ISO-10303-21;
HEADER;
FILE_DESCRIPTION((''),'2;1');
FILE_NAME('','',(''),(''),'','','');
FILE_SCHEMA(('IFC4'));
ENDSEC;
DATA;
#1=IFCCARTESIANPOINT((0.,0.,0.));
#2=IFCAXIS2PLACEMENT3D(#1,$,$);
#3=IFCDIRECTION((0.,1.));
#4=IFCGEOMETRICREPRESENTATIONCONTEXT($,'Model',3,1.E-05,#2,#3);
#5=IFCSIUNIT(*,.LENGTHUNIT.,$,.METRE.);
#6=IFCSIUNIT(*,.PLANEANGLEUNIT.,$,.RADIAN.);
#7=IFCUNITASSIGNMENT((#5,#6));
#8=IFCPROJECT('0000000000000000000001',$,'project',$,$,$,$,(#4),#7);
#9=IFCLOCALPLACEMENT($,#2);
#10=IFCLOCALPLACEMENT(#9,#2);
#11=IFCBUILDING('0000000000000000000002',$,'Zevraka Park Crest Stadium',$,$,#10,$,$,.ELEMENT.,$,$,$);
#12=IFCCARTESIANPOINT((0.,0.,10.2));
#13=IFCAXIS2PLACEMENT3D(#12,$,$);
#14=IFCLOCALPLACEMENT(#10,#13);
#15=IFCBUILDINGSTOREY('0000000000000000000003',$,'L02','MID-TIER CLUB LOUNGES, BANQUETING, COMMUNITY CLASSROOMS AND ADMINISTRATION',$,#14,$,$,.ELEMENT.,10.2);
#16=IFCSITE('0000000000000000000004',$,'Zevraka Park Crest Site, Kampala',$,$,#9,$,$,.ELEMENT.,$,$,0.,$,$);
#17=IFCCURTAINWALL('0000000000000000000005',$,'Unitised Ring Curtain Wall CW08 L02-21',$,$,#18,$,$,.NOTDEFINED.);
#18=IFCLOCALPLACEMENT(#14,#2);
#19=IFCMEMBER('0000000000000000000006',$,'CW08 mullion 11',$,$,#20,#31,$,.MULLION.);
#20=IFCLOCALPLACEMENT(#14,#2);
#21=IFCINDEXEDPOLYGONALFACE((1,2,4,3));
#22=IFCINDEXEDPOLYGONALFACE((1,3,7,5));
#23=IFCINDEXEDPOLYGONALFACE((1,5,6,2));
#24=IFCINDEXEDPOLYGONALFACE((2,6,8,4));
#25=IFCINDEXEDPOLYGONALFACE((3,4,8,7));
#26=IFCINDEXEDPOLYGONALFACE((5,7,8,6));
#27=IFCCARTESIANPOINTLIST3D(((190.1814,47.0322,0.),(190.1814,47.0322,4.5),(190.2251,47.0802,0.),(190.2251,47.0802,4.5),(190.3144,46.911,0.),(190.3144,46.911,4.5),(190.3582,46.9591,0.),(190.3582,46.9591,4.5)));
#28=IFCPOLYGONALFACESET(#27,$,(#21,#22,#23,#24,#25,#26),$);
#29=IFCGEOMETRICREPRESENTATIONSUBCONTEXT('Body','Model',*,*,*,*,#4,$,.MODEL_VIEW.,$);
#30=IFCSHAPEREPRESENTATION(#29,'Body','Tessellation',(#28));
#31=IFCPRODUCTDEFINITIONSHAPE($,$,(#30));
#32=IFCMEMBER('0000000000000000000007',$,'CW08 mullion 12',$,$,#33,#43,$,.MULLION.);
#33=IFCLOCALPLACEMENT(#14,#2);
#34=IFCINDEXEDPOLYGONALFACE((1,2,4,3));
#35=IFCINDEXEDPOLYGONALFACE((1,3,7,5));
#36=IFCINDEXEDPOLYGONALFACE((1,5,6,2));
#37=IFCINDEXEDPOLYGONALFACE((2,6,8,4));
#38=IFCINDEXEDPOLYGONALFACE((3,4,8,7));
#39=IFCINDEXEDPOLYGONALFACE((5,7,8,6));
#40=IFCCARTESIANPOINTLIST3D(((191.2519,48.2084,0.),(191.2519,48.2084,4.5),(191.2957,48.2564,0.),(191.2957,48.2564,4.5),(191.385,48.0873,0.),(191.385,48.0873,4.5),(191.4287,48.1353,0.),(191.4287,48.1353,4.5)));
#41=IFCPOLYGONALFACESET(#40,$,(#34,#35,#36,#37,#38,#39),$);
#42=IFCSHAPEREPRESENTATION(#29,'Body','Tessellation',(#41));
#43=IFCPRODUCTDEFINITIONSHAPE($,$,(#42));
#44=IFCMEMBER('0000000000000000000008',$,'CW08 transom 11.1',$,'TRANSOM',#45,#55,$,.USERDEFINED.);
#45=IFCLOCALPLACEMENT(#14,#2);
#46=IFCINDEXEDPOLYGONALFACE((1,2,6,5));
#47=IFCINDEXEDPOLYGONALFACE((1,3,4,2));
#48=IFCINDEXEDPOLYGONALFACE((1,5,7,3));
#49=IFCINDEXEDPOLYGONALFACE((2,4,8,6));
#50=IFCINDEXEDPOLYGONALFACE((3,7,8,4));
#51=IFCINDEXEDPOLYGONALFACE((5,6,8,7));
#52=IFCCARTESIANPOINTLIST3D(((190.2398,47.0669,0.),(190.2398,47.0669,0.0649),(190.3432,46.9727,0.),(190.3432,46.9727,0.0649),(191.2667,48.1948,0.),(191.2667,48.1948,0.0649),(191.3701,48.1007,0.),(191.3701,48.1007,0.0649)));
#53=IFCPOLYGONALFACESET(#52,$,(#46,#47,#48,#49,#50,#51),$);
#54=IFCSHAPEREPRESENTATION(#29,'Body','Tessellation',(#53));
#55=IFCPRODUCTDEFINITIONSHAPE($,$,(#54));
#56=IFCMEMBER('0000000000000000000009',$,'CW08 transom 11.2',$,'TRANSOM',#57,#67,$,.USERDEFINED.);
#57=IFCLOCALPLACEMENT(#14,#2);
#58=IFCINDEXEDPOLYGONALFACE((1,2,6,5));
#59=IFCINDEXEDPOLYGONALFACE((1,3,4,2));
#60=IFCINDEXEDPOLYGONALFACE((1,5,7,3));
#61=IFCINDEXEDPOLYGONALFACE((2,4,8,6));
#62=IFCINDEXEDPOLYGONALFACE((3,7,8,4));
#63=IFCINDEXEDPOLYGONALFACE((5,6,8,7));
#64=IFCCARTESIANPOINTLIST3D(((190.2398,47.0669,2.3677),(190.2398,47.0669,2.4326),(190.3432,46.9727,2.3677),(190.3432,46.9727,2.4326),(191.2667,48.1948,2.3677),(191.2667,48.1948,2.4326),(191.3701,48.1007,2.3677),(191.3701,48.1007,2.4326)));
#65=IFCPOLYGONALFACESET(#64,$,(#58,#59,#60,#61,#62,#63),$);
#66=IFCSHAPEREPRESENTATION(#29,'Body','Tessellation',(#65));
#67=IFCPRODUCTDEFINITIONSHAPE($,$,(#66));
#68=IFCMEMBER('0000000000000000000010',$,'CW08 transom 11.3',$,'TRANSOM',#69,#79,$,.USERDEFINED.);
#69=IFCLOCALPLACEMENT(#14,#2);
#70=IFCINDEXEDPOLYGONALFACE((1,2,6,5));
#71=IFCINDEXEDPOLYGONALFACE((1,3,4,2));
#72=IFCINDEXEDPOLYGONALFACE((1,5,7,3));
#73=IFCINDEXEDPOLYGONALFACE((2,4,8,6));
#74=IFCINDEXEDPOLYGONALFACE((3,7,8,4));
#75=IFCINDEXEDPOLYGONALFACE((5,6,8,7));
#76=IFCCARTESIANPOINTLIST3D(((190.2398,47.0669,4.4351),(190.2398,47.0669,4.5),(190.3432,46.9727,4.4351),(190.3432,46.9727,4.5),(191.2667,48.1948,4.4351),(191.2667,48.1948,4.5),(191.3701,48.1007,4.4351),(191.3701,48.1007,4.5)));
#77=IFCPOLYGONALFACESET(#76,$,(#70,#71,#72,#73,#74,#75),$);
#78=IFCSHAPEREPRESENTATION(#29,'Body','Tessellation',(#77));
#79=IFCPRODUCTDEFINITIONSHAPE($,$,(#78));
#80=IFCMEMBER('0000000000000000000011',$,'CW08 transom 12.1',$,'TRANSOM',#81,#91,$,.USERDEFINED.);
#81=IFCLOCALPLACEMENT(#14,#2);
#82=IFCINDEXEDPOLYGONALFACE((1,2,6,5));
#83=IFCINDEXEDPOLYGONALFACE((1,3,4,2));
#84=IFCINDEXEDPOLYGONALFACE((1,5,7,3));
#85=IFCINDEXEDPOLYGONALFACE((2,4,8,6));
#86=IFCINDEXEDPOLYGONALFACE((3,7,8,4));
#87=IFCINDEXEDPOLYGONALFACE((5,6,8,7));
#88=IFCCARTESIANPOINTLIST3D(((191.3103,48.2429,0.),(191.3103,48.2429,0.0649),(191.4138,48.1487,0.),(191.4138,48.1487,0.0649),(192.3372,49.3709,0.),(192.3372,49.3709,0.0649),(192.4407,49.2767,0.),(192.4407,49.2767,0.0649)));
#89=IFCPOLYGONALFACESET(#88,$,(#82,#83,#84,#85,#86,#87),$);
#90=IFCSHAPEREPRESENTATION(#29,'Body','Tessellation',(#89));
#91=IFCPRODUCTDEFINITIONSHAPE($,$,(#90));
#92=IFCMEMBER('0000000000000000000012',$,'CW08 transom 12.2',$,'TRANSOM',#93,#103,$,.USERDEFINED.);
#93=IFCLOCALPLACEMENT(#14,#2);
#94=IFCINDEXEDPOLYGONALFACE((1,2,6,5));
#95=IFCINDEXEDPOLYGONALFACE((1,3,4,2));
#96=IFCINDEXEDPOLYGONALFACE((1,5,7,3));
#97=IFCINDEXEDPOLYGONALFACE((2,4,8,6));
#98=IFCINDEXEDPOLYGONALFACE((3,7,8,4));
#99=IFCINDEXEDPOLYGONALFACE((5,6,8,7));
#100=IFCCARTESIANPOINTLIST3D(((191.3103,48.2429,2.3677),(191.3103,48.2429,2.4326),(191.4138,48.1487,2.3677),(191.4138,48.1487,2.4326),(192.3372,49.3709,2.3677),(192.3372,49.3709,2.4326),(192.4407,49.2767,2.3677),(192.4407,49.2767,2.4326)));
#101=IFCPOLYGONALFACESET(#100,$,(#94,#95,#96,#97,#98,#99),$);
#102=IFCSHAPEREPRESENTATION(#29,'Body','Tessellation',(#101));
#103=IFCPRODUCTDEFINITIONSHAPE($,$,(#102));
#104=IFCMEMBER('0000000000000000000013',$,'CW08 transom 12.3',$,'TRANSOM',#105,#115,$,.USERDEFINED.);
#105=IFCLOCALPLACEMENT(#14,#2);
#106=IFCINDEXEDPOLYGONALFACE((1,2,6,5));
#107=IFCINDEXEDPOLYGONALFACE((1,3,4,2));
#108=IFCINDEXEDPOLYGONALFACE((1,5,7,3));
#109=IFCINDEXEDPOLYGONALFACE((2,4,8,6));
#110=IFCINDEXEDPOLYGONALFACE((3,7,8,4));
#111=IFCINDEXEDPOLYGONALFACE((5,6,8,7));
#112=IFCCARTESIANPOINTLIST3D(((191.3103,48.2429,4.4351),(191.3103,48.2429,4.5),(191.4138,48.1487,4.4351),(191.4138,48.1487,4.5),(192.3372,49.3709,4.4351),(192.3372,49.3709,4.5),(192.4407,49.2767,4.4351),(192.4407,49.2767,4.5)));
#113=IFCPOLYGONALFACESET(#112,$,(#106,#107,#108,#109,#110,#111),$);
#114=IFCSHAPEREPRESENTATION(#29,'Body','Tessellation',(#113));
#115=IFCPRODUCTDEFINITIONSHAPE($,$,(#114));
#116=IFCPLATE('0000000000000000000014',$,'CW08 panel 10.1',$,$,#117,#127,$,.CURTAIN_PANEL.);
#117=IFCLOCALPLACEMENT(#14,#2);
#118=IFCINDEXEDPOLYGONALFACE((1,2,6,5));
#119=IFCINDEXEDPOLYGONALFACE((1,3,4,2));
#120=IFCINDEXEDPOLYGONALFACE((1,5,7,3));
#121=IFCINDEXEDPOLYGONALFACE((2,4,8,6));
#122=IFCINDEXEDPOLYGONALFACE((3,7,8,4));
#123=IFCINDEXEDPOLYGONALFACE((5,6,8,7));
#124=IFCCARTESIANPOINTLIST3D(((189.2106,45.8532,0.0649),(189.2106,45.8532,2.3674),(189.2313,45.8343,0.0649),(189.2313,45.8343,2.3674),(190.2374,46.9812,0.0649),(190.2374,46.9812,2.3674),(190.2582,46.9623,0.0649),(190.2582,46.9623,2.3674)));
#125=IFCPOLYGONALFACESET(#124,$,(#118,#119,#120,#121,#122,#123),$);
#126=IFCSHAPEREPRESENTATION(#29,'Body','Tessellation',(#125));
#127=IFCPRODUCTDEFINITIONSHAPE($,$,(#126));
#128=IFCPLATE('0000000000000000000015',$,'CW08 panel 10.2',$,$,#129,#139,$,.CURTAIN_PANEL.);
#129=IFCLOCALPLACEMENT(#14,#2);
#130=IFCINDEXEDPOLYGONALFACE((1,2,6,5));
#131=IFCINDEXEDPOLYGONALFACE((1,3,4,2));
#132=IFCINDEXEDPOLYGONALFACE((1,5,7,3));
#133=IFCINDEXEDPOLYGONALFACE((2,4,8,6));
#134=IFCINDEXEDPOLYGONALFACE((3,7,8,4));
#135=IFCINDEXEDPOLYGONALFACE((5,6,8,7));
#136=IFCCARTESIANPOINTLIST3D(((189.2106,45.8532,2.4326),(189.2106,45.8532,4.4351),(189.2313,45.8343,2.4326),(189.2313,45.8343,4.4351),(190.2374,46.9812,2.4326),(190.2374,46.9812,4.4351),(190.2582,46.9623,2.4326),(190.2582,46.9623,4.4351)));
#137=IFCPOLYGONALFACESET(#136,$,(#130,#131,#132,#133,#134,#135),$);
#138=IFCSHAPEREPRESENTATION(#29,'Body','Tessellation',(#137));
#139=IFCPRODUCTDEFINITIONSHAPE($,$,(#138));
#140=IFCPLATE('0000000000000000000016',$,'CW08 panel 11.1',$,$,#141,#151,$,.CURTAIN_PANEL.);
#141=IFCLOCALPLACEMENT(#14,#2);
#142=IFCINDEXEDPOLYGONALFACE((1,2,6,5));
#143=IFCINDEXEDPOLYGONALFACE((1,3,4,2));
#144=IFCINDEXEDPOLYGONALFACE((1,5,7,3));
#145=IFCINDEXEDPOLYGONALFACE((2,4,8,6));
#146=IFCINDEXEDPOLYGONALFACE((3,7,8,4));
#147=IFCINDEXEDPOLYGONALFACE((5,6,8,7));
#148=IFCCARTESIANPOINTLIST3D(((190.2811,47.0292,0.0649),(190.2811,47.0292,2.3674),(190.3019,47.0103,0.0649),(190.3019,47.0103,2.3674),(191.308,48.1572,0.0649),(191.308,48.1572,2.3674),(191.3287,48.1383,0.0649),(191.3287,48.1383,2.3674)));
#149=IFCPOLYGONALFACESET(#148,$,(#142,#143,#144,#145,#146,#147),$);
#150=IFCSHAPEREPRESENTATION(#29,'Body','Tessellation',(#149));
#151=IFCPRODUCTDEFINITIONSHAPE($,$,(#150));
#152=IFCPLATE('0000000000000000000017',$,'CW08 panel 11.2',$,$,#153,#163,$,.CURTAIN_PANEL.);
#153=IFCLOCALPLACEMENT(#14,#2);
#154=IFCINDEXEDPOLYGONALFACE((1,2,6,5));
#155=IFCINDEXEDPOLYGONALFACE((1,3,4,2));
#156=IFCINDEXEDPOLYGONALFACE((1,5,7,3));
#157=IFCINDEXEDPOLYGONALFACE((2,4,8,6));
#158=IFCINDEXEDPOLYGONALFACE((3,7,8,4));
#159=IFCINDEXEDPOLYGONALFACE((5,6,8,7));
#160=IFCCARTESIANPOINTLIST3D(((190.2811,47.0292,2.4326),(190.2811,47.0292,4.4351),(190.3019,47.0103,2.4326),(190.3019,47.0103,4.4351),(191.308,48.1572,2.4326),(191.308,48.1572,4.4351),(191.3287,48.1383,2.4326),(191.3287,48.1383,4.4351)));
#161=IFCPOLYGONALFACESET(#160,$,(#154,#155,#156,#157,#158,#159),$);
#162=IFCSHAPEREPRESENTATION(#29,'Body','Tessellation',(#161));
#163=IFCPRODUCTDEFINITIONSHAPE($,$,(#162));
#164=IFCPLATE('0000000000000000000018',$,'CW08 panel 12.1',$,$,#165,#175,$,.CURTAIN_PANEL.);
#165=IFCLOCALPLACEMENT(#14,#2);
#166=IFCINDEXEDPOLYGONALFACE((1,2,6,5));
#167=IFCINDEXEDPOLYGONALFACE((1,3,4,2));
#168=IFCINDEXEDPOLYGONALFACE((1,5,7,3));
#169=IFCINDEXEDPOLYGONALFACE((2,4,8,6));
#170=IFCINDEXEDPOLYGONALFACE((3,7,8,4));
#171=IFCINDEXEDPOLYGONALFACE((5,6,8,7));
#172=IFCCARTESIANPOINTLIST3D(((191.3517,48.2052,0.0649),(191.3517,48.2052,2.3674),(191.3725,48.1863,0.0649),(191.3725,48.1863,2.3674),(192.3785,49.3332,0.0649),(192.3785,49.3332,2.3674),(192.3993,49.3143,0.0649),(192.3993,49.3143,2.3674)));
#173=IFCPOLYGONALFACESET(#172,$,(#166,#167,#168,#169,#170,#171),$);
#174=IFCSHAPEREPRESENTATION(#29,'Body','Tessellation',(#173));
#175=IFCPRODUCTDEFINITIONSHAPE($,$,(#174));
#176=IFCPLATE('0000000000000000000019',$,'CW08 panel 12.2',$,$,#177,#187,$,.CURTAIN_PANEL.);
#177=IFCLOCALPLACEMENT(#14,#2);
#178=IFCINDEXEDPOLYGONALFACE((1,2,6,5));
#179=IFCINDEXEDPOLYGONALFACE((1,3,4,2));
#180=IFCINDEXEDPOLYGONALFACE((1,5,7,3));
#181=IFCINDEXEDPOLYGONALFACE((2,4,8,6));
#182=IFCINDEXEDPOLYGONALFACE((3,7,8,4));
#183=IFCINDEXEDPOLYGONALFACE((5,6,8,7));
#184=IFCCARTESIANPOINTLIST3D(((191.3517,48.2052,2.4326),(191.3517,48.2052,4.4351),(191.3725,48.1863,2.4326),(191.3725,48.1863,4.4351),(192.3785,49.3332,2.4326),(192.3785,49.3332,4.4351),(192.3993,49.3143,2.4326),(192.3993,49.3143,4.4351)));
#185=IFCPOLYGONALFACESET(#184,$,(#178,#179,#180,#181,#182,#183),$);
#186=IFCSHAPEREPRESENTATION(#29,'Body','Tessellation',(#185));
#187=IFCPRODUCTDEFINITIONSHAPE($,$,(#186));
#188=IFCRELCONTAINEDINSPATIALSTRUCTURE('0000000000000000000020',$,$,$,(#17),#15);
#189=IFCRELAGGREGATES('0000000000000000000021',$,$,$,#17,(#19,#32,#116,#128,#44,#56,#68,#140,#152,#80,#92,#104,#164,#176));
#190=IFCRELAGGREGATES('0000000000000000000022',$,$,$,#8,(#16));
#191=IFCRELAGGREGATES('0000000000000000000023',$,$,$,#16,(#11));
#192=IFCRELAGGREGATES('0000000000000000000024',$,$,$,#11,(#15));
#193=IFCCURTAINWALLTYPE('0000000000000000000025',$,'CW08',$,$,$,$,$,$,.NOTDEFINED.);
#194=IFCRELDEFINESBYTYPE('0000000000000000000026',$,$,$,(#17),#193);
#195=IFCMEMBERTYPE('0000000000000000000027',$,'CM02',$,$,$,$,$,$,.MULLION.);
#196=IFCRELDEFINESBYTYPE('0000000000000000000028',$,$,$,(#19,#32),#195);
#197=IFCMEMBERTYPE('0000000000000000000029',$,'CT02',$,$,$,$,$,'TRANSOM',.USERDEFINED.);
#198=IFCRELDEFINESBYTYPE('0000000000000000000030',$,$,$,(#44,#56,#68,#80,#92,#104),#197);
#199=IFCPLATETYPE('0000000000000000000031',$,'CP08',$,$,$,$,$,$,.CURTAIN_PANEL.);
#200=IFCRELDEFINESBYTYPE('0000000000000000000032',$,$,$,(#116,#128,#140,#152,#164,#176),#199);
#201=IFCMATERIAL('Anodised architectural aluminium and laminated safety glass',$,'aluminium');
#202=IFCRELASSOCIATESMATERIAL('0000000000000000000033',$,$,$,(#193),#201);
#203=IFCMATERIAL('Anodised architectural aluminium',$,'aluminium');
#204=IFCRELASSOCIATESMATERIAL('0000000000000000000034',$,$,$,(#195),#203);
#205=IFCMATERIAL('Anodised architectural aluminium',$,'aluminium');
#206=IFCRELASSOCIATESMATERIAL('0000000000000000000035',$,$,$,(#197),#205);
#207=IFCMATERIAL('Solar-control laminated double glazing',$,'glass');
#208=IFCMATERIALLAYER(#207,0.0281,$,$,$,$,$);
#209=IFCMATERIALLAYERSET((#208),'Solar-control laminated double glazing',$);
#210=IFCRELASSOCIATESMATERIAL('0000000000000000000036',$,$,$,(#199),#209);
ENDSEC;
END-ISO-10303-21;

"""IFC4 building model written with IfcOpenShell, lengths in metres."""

from ifc_helpers import new_model, si_unit, direction, frame, origin, origin_2d, place, context, subcontext, project, spatial, rectangle, extrude, material, layer, layer_set, material_profile, profile_set, type_object, element, aggregate, save


model = new_model("IFC4")

# Units and contexts
model_context = context("Model", 3, precision=1e-05, world=origin(), true_north=direction((0.0, 1.0)))
body_context = subcontext(model_context, "Body", "Model", "MODEL_VIEW")
ifc_project = project(units=[si_unit("LENGTHUNIT", "METRE"), si_unit("PLANEANGLEUNIT", "RADIAN")], contexts=[model_context])

# Site, building, storey
site_placement = place(None, origin())
site = spatial("IfcSite", under=ifc_project, at=site_placement, Name="Zevraka Park Crest Site, Kampala", CompositionType="ELEMENT", RefElevation=0.0)
building_placement = place(site_placement, origin())
building = spatial("IfcBuilding", under=site, at=building_placement, Name="Zevraka Park Crest Stadium", CompositionType="ELEMENT")
storey_placement = place(building_placement, frame((0.0, 0.0, 10.2)))
storey = spatial("IfcBuildingStorey", under=building, at=storey_placement, Name="L02", Description="MID-TIER CLUB LOUNGES, BANQUETING, COMMUNITY CLASSROOMS AND ADMINISTRATION", CompositionType="ELEMENT", Elevation=10.2)

# Curtain wall, members, plates
ifc_material_1 = material(Name="Anodised architectural aluminium and laminated safety glass", Category="aluminium")
curtain_wall_type = type_object("IfcCurtainWallType", Name="CW08", PredefinedType="NOTDEFINED", material=ifc_material_1)
curtain_wall_placement = place(storey_placement, origin())
curtain_wall = element("IfcCurtainWall", 1, at=curtain_wall_placement, inside=storey, type_object=curtain_wall_type, Name="Unitised Ring Curtain Wall CW08 L02-21", PredefinedType="NOTDEFINED")
ifc_material_2 = material(Name="Anodised architectural aluminium", Category="aluminium")
ifc_material_profile_1 = material_profile(ifc_material_2, rectangle(XDim=0.1799, YDim=0.0649, at=origin_2d()), Name="ALU MULLION 180x65")
ifc_profile_set_1 = profile_set([ifc_material_profile_1], Name="Anodised architectural aluminium")
member_type_1 = type_object("IfcMemberType", Name="CM02", PredefinedType="MULLION", material=ifc_profile_set_1)
member_1_placement = place(storey_placement, frame((190.2698, 46.9956, 0.0), z_axis=(0.0, 0.0, 1.0), x_axis=(-0.739497, 0.67316, 0.0)))
member_1 = element("IfcMember", 2, at=member_1_placement, type_object=member_type_1, Name="CW08 mullion 11", PredefinedType="MULLION", context=body_context, shape_type="SweptSolid", body=[
    extrude(rectangle(XDim=0.1799, YDim=0.0649, at=origin_2d()), origin(), (0.0, 0.0, 1.0), 4.5),
])
member_2_placement = place(storey_placement, frame((191.3403, 48.1719, 0.0), z_axis=(0.0, 0.0, 1.0), x_axis=(-0.739497, 0.67316, 0.0)))
member_2 = element("IfcMember", 3, at=member_2_placement, type_object=member_type_1, Name="CW08 mullion 12", PredefinedType="MULLION", context=body_context, shape_type="SweptSolid", body=[
    extrude(rectangle(XDim=0.1799, YDim=0.0649, at=origin_2d()), origin(), (0.0, 0.0, 1.0), 4.5),
])
ifc_material_3 = material(Name="Anodised architectural aluminium", Category="aluminium")
ifc_material_profile_2 = material_profile(ifc_material_3, rectangle(XDim=0.1399, YDim=0.0649, at=origin_2d()), Name="ALU TRANSOM 140x65")
ifc_profile_set_2 = profile_set([ifc_material_profile_2], Name="Anodised architectural aluminium")
member_type_2 = type_object("IfcMemberType", Name="CT02", ElementType="TRANSOM", PredefinedType="USERDEFINED", material=ifc_profile_set_2)
member_3_placement = place(storey_placement, frame((190.2915, 47.0198, 0.0325), z_axis=(0.673198, 0.739462, 0.0), x_axis=(-0.739462, 0.673198, 0.0)))
member_3 = element("IfcMember", 4, at=member_3_placement, type_object=member_type_2, Name="CW08 transom 11.1", ObjectType="TRANSOM", PredefinedType="USERDEFINED", context=body_context, shape_type="SweptSolid", body=[
    extrude(rectangle(XDim=0.1399, YDim=0.0649, at=origin_2d()), origin(), (0.0, 0.0, 1.0), 1.5254),
])
member_4_placement = place(storey_placement, frame((190.2915, 47.0198, 2.4001), z_axis=(0.673198, 0.739462, 0.0), x_axis=(-0.739462, 0.673198, 0.0)))
member_4 = element("IfcMember", 5, at=member_4_placement, type_object=member_type_2, Name="CW08 transom 11.2", ObjectType="TRANSOM", PredefinedType="USERDEFINED", context=body_context, shape_type="SweptSolid", body=[
    extrude(rectangle(XDim=0.1399, YDim=0.0649, at=origin_2d()), origin(), (0.0, 0.0, 1.0), 1.5254),
])
member_5_placement = place(storey_placement, frame((190.2915, 47.0198, 4.4675), z_axis=(0.673198, 0.739462, 0.0), x_axis=(-0.739462, 0.673198, 0.0)))
member_5 = element("IfcMember", 6, at=member_5_placement, type_object=member_type_2, Name="CW08 transom 11.3", ObjectType="TRANSOM", PredefinedType="USERDEFINED", context=body_context, shape_type="SweptSolid", body=[
    extrude(rectangle(XDim=0.1399, YDim=0.0649, at=origin_2d()), origin(), (0.0, 0.0, 1.0), 1.5254),
])
member_6_placement = place(storey_placement, frame((191.3621, 48.1958, 0.0325), z_axis=(0.673198, 0.739462, 0.0), x_axis=(-0.739462, 0.673198, 0.0)))
member_6 = element("IfcMember", 7, at=member_6_placement, type_object=member_type_2, Name="CW08 transom 12.1", ObjectType="TRANSOM", PredefinedType="USERDEFINED", context=body_context, shape_type="SweptSolid", body=[
    extrude(rectangle(XDim=0.1399, YDim=0.0649, at=origin_2d()), origin(), (0.0, 0.0, 1.0), 1.5254),
])
member_7_placement = place(storey_placement, frame((191.3621, 48.1958, 2.4001), z_axis=(0.673198, 0.739462, 0.0), x_axis=(-0.739462, 0.673198, 0.0)))
member_7 = element("IfcMember", 8, at=member_7_placement, type_object=member_type_2, Name="CW08 transom 12.2", ObjectType="TRANSOM", PredefinedType="USERDEFINED", context=body_context, shape_type="SweptSolid", body=[
    extrude(rectangle(XDim=0.1399, YDim=0.0649, at=origin_2d()), origin(), (0.0, 0.0, 1.0), 1.5254),
])
member_8_placement = place(storey_placement, frame((191.3621, 48.1958, 4.4675), z_axis=(0.673198, 0.739462, 0.0), x_axis=(-0.739462, 0.673198, 0.0)))
member_8 = element("IfcMember", 9, at=member_8_placement, type_object=member_type_2, Name="CW08 transom 12.3", ObjectType="TRANSOM", PredefinedType="USERDEFINED", context=body_context, shape_type="SweptSolid", body=[
    extrude(rectangle(XDim=0.1399, YDim=0.0649, at=origin_2d()), origin(), (0.0, 0.0, 1.0), 1.5254),
])
ifc_material_4 = material(Name="Solar-control laminated double glazing", Category="glass")
ifc_layer_1 = layer(ifc_material_4, 0.0281)
ifc_layer_set_1 = layer_set([ifc_layer_1], Name="Solar-control laminated double glazing")
plate_type = type_object("IfcPlateType", Name="CP08", PredefinedType="CURTAIN_PANEL", material=ifc_layer_set_1)
plate_1_placement = place(storey_placement, frame((189.7344, 46.4077, 0.0649), z_axis=(0.0, 0.0, 1.0), x_axis=(0.67316, 0.739497, 0.0)))
plate_1 = element("IfcPlate", 10, at=plate_1_placement, type_object=plate_type, Name="CW08 panel 10.1", PredefinedType="CURTAIN_PANEL", context=body_context, shape_type="SweptSolid", body=[
    extrude(rectangle(XDim=1.5254, YDim=0.0281, at=origin_2d()), origin(), (0.0, 0.0, 1.0), 2.3025),
])
plate_2_placement = place(storey_placement, frame((189.7344, 46.4077, 2.4326), z_axis=(0.0, 0.0, 1.0), x_axis=(0.67316, 0.739497, 0.0)))
plate_2 = element("IfcPlate", 11, at=plate_2_placement, type_object=plate_type, Name="CW08 panel 10.2", PredefinedType="CURTAIN_PANEL", context=body_context, shape_type="SweptSolid", body=[
    extrude(rectangle(XDim=1.5254, YDim=0.0281, at=origin_2d()), origin(), (0.0, 0.0, 1.0), 2.0024),
])
plate_3_placement = place(storey_placement, frame((190.8049, 47.5837, 0.0649), z_axis=(0.0, 0.0, 1.0), x_axis=(0.67316, 0.739497, 0.0)))
plate_3 = element("IfcPlate", 12, at=plate_3_placement, type_object=plate_type, Name="CW08 panel 11.1", PredefinedType="CURTAIN_PANEL", context=body_context, shape_type="SweptSolid", body=[
    extrude(rectangle(XDim=1.5254, YDim=0.0281, at=origin_2d()), origin(), (0.0, 0.0, 1.0), 2.3025),
])
plate_4_placement = place(storey_placement, frame((190.8049, 47.5837, 2.4326), z_axis=(0.0, 0.0, 1.0), x_axis=(0.67316, 0.739497, 0.0)))
plate_4 = element("IfcPlate", 13, at=plate_4_placement, type_object=plate_type, Name="CW08 panel 11.2", PredefinedType="CURTAIN_PANEL", context=body_context, shape_type="SweptSolid", body=[
    extrude(rectangle(XDim=1.5254, YDim=0.0281, at=origin_2d()), origin(), (0.0, 0.0, 1.0), 2.0024),
])
plate_5_placement = place(storey_placement, frame((191.8755, 48.7598, 0.0649), z_axis=(0.0, 0.0, 1.0), x_axis=(0.67316, 0.739497, 0.0)))
plate_5 = element("IfcPlate", 14, at=plate_5_placement, type_object=plate_type, Name="CW08 panel 12.1", PredefinedType="CURTAIN_PANEL", context=body_context, shape_type="SweptSolid", body=[
    extrude(rectangle(XDim=1.5254, YDim=0.0281, at=origin_2d()), origin(), (0.0, 0.0, 1.0), 2.3025),
])
plate_6_placement = place(storey_placement, frame((191.8755, 48.7598, 2.4326), z_axis=(0.0, 0.0, 1.0), x_axis=(0.67316, 0.739497, 0.0)))
plate_6 = element("IfcPlate", 15, at=plate_6_placement, type_object=plate_type, Name="CW08 panel 12.2", PredefinedType="CURTAIN_PANEL", context=body_context, shape_type="SweptSolid", body=[
    extrude(rectangle(XDim=1.5254, YDim=0.0281, at=origin_2d()), origin(), (0.0, 0.0, 1.0), 2.0024),
])
aggregate(curtain_wall, [member_1, member_2, plate_1, plate_2, member_3, member_4, member_5, plate_3, plate_4, member_6, member_7, member_8, plate_5, plate_6])

save(model, "model.ifc")
